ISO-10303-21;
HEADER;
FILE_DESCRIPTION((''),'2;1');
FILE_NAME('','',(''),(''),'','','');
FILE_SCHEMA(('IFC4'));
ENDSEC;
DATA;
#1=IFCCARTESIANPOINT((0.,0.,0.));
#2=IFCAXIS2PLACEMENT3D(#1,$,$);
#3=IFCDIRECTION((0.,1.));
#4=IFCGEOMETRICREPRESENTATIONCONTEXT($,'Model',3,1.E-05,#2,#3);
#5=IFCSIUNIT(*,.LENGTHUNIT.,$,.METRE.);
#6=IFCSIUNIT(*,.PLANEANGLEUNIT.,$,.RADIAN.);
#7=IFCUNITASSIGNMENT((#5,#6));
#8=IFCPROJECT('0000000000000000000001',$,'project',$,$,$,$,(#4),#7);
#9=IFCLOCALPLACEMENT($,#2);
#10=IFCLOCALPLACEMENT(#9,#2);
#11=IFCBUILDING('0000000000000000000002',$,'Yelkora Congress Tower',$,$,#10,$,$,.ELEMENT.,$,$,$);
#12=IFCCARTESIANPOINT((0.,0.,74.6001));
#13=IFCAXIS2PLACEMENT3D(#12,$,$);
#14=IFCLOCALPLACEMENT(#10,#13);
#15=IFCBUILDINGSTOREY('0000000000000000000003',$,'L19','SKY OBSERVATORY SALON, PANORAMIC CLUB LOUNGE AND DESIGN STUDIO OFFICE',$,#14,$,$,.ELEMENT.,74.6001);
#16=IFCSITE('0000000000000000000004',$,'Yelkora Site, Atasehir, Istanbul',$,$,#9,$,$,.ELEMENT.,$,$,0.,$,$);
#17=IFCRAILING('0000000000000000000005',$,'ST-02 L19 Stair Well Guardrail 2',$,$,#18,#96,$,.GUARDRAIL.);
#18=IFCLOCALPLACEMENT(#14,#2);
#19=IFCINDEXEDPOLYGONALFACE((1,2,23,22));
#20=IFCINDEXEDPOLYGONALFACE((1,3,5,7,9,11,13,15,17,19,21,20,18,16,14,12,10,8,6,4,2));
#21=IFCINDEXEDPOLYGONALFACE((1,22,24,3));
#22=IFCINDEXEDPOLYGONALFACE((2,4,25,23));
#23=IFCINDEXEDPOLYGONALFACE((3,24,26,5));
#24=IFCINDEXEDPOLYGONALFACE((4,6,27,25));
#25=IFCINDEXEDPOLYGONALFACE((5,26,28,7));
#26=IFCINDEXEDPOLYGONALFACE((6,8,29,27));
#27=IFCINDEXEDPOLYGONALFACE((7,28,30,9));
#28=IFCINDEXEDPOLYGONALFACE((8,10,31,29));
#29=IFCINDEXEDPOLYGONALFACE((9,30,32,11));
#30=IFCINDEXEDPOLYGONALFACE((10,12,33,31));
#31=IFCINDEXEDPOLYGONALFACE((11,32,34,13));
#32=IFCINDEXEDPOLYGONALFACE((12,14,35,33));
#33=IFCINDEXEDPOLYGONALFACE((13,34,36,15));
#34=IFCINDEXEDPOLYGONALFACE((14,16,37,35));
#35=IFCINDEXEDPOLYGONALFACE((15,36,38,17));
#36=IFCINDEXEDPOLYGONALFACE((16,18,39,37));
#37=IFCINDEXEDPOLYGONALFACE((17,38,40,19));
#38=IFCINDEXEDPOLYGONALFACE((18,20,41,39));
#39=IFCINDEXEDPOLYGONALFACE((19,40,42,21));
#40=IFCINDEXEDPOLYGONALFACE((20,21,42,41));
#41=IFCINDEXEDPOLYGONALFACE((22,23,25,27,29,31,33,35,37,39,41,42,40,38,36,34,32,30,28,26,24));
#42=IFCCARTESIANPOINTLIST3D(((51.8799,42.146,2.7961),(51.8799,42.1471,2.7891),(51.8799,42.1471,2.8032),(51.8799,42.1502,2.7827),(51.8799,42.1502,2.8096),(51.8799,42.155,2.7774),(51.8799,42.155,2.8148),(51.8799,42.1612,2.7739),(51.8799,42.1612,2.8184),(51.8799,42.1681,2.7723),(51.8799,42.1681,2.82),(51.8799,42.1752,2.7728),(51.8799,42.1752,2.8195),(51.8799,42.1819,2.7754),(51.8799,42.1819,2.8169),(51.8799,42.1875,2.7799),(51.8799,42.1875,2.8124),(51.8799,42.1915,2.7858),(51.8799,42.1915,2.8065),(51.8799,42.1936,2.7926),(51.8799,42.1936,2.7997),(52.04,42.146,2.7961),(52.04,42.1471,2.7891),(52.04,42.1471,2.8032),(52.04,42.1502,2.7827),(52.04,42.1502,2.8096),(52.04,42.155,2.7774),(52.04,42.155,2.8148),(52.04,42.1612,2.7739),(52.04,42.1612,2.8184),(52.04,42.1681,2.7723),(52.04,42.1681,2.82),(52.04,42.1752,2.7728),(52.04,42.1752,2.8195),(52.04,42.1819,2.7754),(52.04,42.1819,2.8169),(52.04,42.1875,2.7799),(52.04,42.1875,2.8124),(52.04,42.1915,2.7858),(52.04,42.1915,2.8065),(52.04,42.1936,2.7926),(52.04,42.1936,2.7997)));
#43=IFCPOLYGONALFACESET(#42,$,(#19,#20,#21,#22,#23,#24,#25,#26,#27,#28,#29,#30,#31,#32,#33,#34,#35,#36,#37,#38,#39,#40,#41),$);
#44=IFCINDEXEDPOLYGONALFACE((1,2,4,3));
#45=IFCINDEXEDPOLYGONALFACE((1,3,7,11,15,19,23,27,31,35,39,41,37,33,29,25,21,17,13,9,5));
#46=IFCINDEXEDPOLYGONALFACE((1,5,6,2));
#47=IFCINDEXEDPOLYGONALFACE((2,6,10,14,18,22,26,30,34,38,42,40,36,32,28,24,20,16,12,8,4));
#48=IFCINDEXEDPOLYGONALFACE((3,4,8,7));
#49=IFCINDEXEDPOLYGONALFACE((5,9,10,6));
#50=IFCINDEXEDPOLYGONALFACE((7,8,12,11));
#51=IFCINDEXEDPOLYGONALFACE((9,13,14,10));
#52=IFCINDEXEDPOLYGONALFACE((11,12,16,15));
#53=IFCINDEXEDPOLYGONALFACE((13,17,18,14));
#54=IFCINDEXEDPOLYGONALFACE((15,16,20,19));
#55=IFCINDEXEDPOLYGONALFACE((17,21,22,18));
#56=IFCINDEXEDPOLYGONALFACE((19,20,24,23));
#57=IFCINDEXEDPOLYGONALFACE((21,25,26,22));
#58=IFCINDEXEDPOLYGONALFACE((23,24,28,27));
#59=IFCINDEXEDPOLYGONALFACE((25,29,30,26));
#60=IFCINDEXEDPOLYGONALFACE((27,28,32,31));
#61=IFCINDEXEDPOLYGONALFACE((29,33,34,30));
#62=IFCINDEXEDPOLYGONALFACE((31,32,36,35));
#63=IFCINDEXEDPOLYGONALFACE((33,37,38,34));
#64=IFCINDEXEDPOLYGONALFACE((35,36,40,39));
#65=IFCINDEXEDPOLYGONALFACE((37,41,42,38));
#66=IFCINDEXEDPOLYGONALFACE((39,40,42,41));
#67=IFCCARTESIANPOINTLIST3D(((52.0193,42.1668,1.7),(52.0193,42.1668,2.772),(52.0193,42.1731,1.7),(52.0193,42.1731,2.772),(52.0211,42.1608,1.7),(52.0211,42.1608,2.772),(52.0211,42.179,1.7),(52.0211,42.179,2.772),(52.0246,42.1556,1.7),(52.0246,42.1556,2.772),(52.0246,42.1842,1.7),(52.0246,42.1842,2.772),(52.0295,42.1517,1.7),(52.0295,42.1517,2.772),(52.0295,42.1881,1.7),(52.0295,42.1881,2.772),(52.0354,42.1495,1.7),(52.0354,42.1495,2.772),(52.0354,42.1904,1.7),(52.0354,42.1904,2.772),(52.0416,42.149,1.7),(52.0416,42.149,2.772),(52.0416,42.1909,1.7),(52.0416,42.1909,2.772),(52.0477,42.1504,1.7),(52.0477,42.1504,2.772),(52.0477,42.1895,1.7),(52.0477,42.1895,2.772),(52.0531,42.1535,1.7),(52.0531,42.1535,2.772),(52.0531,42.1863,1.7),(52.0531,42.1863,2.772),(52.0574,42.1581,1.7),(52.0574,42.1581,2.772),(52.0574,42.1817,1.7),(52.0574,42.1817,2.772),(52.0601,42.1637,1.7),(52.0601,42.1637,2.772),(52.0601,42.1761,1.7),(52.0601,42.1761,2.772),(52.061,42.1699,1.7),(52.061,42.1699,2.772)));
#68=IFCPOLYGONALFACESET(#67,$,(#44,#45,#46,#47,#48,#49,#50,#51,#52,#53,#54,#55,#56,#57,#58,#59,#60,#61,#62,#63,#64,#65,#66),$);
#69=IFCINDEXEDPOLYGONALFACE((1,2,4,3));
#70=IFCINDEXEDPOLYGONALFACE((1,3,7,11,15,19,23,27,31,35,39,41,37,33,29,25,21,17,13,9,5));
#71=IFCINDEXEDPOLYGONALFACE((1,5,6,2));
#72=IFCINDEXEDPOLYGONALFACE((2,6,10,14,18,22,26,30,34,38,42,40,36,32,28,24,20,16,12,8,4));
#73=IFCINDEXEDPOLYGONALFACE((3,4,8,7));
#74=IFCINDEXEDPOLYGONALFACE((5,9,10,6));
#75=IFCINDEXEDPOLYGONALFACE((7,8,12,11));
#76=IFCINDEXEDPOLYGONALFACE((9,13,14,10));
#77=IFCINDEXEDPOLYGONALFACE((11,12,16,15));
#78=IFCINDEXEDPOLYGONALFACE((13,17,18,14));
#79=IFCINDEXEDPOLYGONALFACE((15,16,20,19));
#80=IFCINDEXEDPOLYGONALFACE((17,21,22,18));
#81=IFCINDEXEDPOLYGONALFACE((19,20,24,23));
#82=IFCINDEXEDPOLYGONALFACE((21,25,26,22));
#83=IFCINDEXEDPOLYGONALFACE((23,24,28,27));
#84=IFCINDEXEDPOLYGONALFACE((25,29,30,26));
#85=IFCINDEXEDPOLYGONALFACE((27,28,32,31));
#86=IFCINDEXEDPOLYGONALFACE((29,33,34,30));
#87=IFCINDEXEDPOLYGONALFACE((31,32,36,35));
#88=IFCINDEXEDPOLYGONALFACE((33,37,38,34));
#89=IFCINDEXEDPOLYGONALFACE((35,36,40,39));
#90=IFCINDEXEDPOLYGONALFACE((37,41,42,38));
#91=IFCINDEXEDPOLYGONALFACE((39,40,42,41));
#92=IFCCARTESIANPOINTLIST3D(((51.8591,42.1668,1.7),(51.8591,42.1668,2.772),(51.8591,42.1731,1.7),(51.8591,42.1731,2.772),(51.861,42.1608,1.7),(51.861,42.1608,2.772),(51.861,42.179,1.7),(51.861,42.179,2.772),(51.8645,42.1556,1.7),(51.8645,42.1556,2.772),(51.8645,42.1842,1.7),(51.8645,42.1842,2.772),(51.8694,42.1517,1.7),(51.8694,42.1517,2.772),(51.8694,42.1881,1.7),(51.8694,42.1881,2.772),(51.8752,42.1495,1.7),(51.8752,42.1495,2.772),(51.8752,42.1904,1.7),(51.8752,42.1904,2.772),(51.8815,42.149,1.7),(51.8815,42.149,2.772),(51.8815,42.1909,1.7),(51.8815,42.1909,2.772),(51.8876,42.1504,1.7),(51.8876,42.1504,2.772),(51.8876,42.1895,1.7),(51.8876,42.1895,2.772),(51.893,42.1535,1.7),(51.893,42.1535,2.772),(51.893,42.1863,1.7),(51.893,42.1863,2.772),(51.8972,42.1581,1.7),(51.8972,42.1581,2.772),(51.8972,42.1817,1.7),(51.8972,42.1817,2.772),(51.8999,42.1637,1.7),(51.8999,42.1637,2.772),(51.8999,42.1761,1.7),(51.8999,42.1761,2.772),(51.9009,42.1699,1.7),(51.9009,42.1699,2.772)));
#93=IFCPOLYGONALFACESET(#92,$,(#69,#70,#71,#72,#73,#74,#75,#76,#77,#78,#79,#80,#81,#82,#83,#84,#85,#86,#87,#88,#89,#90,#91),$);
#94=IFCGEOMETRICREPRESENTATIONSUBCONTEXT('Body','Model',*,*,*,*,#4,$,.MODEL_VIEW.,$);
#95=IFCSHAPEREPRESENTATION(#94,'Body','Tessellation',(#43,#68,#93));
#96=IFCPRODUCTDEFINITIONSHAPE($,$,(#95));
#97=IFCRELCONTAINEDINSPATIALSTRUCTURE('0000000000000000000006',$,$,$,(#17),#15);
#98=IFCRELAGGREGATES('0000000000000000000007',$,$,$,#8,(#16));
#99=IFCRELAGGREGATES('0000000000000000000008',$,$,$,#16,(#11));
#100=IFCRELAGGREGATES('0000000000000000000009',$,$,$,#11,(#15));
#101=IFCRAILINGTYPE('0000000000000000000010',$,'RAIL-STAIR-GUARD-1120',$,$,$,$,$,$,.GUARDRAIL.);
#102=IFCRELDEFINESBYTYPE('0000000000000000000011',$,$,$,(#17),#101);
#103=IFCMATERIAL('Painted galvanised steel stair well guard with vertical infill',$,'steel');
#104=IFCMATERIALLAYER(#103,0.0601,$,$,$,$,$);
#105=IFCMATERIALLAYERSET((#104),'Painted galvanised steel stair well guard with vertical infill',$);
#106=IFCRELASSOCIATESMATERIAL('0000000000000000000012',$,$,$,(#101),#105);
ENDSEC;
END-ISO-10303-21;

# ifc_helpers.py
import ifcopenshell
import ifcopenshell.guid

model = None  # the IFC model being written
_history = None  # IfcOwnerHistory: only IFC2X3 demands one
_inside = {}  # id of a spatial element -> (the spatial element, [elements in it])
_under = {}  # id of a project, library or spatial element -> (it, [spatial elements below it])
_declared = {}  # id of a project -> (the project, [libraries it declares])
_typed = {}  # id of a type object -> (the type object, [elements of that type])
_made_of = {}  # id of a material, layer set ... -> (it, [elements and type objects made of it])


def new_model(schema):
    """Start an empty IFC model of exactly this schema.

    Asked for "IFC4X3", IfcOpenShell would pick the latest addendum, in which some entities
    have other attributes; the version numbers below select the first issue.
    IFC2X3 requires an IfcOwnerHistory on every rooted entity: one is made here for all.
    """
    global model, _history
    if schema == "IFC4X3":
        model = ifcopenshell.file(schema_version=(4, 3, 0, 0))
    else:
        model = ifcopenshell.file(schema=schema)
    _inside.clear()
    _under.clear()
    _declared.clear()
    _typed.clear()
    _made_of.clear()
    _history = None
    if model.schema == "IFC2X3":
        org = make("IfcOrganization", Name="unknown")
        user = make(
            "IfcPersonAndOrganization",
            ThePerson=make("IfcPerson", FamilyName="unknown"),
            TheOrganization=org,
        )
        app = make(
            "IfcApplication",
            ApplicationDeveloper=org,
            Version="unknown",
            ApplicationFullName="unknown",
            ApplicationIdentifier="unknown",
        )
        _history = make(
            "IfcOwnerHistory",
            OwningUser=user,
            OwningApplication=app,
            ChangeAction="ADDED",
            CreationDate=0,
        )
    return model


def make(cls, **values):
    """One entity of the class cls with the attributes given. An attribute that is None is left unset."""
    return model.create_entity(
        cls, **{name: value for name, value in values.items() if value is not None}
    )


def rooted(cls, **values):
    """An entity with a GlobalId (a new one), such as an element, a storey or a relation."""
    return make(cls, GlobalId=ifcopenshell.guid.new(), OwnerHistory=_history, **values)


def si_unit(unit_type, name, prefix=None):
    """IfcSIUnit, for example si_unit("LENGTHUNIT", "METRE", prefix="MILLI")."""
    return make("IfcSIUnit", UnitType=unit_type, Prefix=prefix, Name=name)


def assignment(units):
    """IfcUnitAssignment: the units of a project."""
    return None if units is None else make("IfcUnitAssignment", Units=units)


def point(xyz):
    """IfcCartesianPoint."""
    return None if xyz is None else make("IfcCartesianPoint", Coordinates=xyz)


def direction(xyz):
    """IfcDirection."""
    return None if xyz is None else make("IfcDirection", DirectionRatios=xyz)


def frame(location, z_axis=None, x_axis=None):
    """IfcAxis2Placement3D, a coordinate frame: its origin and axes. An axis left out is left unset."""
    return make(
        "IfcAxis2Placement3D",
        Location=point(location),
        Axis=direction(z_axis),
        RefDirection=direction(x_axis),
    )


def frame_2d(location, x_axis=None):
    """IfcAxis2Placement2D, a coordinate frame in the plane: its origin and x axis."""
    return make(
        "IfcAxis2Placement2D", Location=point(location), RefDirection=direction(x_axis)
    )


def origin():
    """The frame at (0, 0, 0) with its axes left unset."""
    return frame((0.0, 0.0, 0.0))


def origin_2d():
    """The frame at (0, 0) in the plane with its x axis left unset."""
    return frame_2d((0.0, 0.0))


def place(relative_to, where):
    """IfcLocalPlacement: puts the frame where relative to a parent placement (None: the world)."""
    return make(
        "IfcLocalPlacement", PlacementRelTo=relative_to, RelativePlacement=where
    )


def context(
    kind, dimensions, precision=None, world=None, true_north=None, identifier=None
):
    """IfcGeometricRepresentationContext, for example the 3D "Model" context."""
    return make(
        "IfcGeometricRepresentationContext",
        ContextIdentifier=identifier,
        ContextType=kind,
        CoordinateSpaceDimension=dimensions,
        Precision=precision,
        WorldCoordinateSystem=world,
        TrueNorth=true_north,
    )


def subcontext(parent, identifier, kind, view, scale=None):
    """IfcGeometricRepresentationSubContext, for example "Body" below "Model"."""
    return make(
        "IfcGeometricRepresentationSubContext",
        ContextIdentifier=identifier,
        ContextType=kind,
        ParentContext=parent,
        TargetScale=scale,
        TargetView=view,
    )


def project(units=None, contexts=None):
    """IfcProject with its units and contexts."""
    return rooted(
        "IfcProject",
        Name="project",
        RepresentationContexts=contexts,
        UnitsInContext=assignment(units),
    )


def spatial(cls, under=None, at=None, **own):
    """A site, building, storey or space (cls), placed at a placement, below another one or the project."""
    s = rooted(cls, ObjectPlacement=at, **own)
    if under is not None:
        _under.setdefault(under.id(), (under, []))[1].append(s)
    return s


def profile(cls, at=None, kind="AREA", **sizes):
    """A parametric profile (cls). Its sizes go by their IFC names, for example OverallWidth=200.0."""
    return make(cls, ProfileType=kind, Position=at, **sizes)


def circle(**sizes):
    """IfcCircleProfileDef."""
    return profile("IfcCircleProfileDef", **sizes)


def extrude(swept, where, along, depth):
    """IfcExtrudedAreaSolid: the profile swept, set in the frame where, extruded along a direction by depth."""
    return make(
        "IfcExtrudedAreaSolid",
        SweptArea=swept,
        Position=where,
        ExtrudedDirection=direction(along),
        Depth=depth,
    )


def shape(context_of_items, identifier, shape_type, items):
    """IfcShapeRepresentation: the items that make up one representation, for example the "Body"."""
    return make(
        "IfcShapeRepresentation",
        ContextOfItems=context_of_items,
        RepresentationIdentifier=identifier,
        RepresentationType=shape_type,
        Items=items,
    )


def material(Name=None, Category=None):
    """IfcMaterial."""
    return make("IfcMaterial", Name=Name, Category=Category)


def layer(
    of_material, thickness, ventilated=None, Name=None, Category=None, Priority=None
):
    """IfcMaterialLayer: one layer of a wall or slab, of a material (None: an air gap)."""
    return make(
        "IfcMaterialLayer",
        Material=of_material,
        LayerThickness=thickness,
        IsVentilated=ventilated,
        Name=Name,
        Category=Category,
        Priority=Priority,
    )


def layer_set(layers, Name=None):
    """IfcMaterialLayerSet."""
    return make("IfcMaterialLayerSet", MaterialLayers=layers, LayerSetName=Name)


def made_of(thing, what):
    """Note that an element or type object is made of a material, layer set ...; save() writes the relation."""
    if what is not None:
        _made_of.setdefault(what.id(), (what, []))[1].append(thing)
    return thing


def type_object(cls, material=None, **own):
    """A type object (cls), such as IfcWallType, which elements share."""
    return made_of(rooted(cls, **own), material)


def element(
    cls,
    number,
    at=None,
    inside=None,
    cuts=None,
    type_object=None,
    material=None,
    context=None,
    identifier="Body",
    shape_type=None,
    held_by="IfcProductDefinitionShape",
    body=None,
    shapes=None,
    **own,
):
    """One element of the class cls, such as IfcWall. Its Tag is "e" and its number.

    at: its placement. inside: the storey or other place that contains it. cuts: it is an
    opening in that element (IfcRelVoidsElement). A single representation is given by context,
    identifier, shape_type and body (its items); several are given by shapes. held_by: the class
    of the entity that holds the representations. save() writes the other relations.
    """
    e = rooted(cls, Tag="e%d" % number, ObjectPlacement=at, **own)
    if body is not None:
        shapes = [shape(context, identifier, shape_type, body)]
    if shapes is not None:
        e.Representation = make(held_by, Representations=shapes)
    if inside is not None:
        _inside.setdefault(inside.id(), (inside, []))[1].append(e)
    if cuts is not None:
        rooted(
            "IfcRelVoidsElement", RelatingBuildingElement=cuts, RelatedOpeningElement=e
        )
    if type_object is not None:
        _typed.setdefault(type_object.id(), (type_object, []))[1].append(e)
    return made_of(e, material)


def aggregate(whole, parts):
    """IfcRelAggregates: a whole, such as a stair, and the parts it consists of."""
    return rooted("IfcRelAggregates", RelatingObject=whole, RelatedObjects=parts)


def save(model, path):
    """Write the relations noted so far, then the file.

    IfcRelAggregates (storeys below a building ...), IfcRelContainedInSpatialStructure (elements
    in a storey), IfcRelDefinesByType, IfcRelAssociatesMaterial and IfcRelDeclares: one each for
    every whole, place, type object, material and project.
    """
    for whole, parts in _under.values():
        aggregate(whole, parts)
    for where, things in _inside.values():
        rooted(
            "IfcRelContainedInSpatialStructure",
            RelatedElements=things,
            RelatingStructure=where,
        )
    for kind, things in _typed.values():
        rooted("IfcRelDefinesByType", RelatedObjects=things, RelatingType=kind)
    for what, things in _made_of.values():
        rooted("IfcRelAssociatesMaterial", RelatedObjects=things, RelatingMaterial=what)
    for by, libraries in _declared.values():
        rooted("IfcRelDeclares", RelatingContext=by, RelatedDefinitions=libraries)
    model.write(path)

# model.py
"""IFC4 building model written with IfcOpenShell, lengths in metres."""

from ifc_helpers import new_model, si_unit, direction, frame, origin, origin_2d, place, context, subcontext, project, spatial, circle, extrude, material, layer, layer_set, type_object, element, save


model = new_model("IFC4")

# Units and contexts
model_context = context("Model", 3, precision=1e-05, world=origin(), true_north=direction((0.0, 1.0)))
body_context = subcontext(model_context, "Body", "Model", "MODEL_VIEW")
ifc_project = project(units=[si_unit("LENGTHUNIT", "METRE"), si_unit("PLANEANGLEUNIT", "RADIAN")], contexts=[model_context])

# Site, building, storey
site_placement = place(None, origin())
site = spatial("IfcSite", under=ifc_project, at=site_placement, Name="Yelkora Site, Atasehir, Istanbul", CompositionType="ELEMENT", RefElevation=0.0)
building_placement = place(site_placement, origin())
building = spatial("IfcBuilding", under=site, at=building_placement, Name="Yelkora Congress Tower", CompositionType="ELEMENT")
storey_placement = place(building_placement, frame((0.0, 0.0, 74.6001)))
storey = spatial("IfcBuildingStorey", under=building, at=storey_placement, Name="L19", Description="SKY OBSERVATORY SALON, PANORAMIC CLUB LOUNGE AND DESIGN STUDIO OFFICE", CompositionType="ELEMENT", Elevation=74.6001)

# Railing
ifc_material_1 = material(Name="Painted galvanised steel stair well guard with vertical infill", Category="steel")
ifc_layer_1 = layer(ifc_material_1, 0.0601)
ifc_layer_set_1 = layer_set([ifc_layer_1], Name="Painted galvanised steel stair well guard with vertical infill")
railing_type_1 = type_object("IfcRailingType", Name="RAIL-STAIR-GUARD-1120", PredefinedType="GUARDRAIL", material=ifc_layer_set_1)
railing_1_placement = place(storey_placement, frame((52.04, 42.1699, 1.7)))
element("IfcRailing", 1, at=railing_1_placement, inside=storey, type_object=railing_type_1, Name="ST-02 L19 Stair Well Guardrail 2", PredefinedType="GUARDRAIL", context=body_context, shape_type="SweptSolid", body=[
    extrude(circle(Radius=0.0239, at=origin_2d()), frame((0.0, 0.0, 1.0962), z_axis=(-1.0, 0.0, 0.0), x_axis=(0.0, -1.0, 0.0)), (0.0, 0.0, 1.0), 0.1602),
    extrude(circle(Radius=0.021, at=origin_2d()), origin(), (0.0, 0.0, 1.0), 1.072),
    extrude(circle(Radius=0.021, at=origin_2d()), frame((-0.1602, 0.0, 0.0)), (0.0, 0.0, 1.0), 1.072),
])

save(model, "model.ifc")
